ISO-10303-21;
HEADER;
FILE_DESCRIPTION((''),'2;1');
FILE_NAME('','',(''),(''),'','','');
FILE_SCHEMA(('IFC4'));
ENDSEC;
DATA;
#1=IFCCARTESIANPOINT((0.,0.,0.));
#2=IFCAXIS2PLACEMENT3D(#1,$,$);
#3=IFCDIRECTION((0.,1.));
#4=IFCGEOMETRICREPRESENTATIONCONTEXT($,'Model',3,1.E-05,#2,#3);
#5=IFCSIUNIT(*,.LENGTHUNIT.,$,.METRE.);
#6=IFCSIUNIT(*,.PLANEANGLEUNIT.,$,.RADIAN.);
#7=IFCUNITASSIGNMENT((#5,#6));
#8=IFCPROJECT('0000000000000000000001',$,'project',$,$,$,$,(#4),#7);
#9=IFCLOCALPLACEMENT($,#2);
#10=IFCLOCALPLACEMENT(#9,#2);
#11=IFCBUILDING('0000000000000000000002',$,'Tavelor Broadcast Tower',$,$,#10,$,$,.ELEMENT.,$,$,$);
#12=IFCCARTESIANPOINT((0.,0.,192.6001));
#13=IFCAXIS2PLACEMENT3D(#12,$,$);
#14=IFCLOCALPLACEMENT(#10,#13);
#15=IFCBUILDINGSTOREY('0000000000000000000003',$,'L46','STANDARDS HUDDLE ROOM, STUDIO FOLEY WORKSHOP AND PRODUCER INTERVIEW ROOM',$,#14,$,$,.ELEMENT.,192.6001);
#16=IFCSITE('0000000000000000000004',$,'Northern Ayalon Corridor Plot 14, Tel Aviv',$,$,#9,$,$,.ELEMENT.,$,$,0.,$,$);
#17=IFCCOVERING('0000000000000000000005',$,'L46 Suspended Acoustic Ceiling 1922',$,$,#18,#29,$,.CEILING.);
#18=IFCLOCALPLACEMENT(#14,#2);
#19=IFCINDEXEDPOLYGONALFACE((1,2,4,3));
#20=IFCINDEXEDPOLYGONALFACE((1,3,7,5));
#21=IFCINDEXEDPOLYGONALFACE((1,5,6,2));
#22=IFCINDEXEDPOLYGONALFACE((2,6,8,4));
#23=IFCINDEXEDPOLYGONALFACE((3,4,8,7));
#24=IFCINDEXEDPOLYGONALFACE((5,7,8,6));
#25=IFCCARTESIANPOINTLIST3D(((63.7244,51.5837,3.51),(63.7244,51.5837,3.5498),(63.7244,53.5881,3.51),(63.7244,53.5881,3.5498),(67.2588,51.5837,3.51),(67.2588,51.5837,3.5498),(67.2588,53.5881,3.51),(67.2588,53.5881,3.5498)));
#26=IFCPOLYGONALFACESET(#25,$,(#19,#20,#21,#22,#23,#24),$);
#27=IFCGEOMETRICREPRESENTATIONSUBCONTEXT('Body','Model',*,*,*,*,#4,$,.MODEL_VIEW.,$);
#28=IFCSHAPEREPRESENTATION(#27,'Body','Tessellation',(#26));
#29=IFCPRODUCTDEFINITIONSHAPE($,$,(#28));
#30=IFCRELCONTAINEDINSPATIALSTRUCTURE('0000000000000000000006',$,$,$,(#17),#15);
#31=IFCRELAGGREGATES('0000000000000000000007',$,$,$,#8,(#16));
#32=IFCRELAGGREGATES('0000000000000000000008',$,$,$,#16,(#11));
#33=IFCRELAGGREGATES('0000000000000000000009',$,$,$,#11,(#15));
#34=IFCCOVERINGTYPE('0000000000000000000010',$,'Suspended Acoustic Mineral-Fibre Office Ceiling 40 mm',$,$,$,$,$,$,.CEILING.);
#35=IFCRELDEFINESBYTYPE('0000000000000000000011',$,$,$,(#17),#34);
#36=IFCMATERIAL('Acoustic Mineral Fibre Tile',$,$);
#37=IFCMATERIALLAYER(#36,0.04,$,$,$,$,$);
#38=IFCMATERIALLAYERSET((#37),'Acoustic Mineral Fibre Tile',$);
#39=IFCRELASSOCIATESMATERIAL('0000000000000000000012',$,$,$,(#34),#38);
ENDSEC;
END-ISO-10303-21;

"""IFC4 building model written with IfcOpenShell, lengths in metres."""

from ifc_helpers import new_model, si_unit, direction, frame, origin, place, context, subcontext, project, spatial, polyline, outline, extrude, material, layer, layer_set, type_object, element, save


model = new_model("IFC4")

# Units and contexts
model_context = context("Model", 3, precision=1e-05, world=origin(), true_north=direction((0.0, 1.0)))
body_context = subcontext(model_context, "Body", "Model", "MODEL_VIEW")
ifc_project = project(units=[si_unit("LENGTHUNIT", "METRE"), si_unit("PLANEANGLEUNIT", "RADIAN")], contexts=[model_context])

# Site, building, storey
site_placement = place(None, origin())
site = spatial("IfcSite", under=ifc_project, at=site_placement, Name="Northern Ayalon Corridor Plot 14, Tel Aviv", CompositionType="ELEMENT", RefElevation=0.0)
building_placement = place(site_placement, origin())
building = spatial("IfcBuilding", under=site, at=building_placement, Name="Tavelor Broadcast Tower", CompositionType="ELEMENT")
storey_placement = place(building_placement, frame((0.0, 0.0, 192.6001)))
storey = spatial("IfcBuildingStorey", under=building, at=storey_placement, Name="L46", Description="STANDARDS HUDDLE ROOM, STUDIO FOLEY WORKSHOP AND PRODUCER INTERVIEW ROOM", CompositionType="ELEMENT", Elevation=192.6001)

# Covering
ifc_material_1 = material(Name="Acoustic Mineral Fibre Tile")
ifc_layer_1 = layer(ifc_material_1, 0.04)
ifc_layer_set_1 = layer_set([ifc_layer_1], Name="Acoustic Mineral Fibre Tile")
covering_type_1 = type_object("IfcCoveringType", Name="Suspended Acoustic Mineral-Fibre Office Ceiling 40 mm", PredefinedType="CEILING", material=ifc_layer_set_1)
covering_1_placement = place(storey_placement, frame((0.0, 0.0, 3.51)))
element("IfcCovering", 1, at=covering_1_placement, inside=storey, type_object=covering_type_1, Name="L46 Suspended Acoustic Ceiling 1922", PredefinedType="CEILING", context=body_context, shape_type="SweptSolid", body=[
    extrude(outline(polyline([(63.7244, 51.5837), (67.2588, 51.5837), (67.2588, 53.5881), (63.7244, 53.5881), (63.7244, 51.5837)])), origin(), (0.0, 0.0, 1.0), 0.0398),
])

save(model, "model.ifc")
